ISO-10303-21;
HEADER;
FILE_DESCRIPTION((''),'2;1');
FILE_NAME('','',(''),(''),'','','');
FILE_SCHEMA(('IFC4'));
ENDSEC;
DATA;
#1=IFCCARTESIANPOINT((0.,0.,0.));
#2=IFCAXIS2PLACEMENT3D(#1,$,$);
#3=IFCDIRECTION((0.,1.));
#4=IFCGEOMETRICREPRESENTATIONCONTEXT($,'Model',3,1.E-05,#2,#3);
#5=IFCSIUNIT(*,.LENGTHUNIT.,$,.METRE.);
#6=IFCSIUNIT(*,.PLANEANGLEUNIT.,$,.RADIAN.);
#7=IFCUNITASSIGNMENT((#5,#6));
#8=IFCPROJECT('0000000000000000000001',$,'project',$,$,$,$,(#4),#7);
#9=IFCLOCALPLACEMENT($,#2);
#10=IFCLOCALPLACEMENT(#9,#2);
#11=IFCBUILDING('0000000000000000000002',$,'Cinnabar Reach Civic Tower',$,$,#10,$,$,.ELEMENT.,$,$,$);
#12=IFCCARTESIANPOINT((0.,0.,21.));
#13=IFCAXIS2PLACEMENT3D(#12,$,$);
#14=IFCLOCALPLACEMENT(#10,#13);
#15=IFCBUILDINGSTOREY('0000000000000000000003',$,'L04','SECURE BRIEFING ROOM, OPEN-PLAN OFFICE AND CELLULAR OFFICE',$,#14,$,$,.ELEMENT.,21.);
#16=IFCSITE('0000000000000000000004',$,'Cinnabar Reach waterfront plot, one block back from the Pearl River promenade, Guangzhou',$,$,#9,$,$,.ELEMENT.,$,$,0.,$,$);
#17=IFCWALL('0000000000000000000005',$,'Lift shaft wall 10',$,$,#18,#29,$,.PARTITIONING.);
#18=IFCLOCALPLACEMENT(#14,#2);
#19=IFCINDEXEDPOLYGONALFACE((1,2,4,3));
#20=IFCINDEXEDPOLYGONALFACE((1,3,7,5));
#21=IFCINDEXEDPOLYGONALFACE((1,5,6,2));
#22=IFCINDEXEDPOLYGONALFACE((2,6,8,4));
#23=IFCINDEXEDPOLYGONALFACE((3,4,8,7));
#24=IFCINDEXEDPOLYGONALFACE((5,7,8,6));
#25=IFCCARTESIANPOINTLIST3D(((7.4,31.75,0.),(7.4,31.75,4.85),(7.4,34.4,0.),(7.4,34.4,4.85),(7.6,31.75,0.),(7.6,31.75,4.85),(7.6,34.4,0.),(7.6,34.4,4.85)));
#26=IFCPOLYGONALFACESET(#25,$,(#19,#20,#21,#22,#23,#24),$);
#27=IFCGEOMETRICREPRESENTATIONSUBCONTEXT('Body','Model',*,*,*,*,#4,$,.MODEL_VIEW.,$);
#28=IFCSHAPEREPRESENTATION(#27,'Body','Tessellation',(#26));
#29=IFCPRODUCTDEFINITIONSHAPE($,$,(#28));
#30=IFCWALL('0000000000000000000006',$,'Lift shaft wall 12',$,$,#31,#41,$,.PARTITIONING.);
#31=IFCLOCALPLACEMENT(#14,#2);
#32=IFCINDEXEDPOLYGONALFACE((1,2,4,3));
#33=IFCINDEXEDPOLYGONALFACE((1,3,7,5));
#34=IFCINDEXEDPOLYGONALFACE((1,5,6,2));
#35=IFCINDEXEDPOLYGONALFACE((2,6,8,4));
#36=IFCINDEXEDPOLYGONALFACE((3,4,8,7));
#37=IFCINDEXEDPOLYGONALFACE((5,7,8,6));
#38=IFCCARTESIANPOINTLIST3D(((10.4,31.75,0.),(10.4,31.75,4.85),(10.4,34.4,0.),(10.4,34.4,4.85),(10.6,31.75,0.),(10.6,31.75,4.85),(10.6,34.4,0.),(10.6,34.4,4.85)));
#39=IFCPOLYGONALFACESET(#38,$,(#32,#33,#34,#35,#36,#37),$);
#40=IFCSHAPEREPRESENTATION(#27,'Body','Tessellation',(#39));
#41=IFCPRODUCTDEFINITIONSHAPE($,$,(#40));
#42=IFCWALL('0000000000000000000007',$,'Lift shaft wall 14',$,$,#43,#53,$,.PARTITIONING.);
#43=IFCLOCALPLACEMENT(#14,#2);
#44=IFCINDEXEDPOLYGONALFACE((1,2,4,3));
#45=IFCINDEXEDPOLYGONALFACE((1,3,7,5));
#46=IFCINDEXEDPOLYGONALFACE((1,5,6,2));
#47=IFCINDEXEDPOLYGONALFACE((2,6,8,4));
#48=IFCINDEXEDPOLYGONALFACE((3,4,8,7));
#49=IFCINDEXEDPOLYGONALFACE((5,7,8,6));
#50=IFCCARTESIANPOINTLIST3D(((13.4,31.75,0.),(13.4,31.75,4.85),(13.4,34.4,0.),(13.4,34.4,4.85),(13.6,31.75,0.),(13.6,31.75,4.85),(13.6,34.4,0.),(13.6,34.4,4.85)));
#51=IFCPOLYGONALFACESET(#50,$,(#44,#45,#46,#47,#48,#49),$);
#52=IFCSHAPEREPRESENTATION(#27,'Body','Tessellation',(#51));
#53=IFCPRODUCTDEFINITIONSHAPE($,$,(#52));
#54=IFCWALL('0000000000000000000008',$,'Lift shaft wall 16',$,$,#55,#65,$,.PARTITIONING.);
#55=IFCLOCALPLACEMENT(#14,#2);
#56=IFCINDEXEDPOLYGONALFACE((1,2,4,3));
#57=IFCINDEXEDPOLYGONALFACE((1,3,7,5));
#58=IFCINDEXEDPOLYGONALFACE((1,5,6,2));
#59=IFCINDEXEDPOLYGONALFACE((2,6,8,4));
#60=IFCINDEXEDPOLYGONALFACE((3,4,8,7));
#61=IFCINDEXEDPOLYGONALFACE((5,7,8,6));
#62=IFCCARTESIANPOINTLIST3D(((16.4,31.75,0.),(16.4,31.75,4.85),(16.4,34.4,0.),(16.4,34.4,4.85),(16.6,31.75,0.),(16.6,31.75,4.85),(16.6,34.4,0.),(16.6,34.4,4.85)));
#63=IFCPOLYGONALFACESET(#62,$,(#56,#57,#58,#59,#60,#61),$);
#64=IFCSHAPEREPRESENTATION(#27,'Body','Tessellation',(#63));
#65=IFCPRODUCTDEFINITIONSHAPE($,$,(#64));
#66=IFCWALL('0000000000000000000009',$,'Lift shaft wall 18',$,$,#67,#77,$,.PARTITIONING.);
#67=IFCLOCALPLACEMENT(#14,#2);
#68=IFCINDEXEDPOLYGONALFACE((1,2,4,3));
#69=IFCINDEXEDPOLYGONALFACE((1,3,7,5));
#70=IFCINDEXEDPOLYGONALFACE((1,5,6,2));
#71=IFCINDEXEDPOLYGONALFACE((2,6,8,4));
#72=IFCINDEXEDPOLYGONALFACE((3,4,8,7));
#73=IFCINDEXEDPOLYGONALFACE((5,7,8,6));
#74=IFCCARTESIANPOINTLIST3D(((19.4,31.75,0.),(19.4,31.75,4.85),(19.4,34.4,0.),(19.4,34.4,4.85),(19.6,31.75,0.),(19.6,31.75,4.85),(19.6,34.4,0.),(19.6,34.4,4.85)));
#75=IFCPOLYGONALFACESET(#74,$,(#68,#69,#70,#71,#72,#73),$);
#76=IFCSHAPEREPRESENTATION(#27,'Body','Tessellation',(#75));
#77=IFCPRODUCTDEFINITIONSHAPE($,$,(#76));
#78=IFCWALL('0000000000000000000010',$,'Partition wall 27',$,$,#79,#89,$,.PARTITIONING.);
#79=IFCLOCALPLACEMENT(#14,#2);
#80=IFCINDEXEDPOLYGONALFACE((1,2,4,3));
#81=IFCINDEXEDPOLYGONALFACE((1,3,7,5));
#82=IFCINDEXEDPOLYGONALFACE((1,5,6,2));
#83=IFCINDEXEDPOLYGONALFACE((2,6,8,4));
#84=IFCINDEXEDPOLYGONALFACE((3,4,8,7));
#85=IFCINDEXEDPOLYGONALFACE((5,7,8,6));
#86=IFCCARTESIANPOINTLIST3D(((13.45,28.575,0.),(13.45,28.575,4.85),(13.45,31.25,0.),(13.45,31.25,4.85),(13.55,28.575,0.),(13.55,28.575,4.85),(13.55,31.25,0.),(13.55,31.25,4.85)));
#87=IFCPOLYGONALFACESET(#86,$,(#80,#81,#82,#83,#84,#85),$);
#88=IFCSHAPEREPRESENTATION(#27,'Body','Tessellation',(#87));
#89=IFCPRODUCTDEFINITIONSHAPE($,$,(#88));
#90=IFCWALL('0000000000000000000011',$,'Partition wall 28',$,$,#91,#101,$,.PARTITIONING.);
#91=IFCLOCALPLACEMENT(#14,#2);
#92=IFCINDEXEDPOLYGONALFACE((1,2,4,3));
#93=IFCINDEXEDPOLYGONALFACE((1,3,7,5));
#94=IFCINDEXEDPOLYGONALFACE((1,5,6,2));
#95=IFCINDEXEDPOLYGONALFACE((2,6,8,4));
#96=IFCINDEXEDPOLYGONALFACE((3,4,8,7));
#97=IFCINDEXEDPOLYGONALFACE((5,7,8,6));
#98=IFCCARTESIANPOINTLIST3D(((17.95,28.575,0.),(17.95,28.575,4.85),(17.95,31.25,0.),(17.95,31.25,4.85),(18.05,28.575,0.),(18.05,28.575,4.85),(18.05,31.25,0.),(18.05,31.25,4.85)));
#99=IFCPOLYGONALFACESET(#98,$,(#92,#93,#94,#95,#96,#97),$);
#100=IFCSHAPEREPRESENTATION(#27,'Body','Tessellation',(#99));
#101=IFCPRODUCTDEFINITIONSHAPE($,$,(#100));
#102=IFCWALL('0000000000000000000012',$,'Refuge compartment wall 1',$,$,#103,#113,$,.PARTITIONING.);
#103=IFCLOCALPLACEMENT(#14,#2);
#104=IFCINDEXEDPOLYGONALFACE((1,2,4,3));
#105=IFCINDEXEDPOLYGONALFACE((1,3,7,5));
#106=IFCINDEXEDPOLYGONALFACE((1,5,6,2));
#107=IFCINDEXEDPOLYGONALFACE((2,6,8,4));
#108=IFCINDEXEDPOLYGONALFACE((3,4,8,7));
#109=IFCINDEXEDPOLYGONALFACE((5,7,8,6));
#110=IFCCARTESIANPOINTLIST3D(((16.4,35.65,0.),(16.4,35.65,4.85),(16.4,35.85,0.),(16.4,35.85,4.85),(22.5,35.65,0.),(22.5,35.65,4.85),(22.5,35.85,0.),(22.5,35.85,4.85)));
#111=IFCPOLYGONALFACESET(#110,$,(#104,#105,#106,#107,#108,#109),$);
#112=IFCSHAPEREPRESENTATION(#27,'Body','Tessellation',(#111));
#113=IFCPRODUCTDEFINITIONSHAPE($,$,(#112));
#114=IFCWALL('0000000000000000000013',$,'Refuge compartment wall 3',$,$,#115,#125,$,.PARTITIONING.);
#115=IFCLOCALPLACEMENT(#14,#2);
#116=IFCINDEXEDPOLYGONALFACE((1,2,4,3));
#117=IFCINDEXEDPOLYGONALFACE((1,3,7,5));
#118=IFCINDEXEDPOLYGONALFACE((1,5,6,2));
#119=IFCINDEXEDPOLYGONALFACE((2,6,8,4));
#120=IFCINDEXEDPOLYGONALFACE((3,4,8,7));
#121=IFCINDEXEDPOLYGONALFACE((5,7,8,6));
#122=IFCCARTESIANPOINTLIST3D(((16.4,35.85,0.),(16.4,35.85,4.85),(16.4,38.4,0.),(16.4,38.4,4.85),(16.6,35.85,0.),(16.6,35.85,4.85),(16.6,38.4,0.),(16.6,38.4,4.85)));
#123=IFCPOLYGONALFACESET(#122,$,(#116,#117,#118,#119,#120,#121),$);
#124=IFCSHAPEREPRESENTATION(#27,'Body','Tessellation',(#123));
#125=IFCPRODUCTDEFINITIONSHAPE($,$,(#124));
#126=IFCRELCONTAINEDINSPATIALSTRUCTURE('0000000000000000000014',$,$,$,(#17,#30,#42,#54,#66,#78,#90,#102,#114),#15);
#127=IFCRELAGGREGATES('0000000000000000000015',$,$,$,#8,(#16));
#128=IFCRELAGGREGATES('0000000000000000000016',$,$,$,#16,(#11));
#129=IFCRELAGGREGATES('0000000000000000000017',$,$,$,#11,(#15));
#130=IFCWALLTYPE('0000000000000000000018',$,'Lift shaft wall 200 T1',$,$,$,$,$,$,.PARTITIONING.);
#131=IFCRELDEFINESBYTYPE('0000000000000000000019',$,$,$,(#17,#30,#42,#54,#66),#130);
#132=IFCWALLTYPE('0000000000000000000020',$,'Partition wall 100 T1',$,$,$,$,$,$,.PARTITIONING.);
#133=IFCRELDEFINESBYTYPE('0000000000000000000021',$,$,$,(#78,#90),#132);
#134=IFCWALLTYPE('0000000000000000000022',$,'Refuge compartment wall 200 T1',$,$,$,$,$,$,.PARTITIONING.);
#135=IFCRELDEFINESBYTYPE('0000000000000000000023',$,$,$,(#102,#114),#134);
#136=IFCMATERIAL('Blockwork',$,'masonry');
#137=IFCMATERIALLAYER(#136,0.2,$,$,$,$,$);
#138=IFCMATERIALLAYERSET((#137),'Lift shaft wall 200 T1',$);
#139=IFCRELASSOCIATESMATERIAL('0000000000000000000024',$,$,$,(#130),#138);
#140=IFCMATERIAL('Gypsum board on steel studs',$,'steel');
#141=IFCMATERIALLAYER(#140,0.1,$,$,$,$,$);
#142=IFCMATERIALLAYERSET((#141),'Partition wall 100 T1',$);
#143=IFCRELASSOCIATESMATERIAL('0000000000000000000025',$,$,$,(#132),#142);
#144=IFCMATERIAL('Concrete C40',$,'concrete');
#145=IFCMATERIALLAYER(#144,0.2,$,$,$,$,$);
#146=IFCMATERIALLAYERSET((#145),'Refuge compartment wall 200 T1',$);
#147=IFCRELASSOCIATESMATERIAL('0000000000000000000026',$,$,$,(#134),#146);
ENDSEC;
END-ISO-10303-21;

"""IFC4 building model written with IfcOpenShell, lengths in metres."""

from ifc_helpers import new_model, si_unit, direction, frame, frame_2d, origin, place, context, subcontext, project, spatial, rectangle, extrude, material, layer, layer_set, type_object, element, save


model = new_model("IFC4")

# Units and contexts
model_context = context("Model", 3, precision=1e-05, world=origin(), true_north=direction((0.0, 1.0)))
body_context = subcontext(model_context, "Body", "Model", "MODEL_VIEW")
ifc_project = project(units=[si_unit("LENGTHUNIT", "METRE"), si_unit("PLANEANGLEUNIT", "RADIAN")], contexts=[model_context])

# Site, building, storey
site_placement = place(None, origin())
site = spatial("IfcSite", under=ifc_project, at=site_placement, Name="Cinnabar Reach waterfront plot, one block back from the Pearl River promenade, Guangzhou", CompositionType="ELEMENT", RefElevation=0.0)
building_placement = place(site_placement, origin())
building = spatial("IfcBuilding", under=site, at=building_placement, Name="Cinnabar Reach Civic Tower", CompositionType="ELEMENT")
storey_placement = place(building_placement, frame((0.0, 0.0, 21.0)))
storey = spatial("IfcBuildingStorey", under=building, at=storey_placement, Name="L04", Description="SECURE BRIEFING ROOM, OPEN-PLAN OFFICE AND CELLULAR OFFICE", CompositionType="ELEMENT", Elevation=21.0)

# Walls
ifc_material_1 = material(Name="Blockwork", Category="masonry")
ifc_layer_1 = layer(ifc_material_1, 0.2)
ifc_layer_set_1 = layer_set([ifc_layer_1], Name="Lift shaft wall 200 T1")
wall_type_1 = type_object("IfcWallType", Name="Lift shaft wall 200 T1", PredefinedType="PARTITIONING", material=ifc_layer_set_1)
for number, where, z_axis, x_axis, name in (
    (1, (7.5, 31.75, 0.0), (0.0, 0.0, 1.0), (0.0, 1.0, 0.0), "Lift shaft wall 10"),
    (2, (10.5, 31.75, 0.0), (0.0, 0.0, 1.0), (0.0, 1.0, 0.0), "Lift shaft wall 12"),
    (3, (13.5, 31.75, 0.0), (0.0, 0.0, 1.0), (0.0, 1.0, 0.0), "Lift shaft wall 14"),
    (4, (16.5, 31.75, 0.0), (0.0, 0.0, 1.0), (0.0, 1.0, 0.0), "Lift shaft wall 16"),
    (5, (19.5, 31.75, 0.0), (0.0, 0.0, 1.0), (0.0, 1.0, 0.0), "Lift shaft wall 18"),
):
    element("IfcWall", number, at=place(storey_placement, frame(where, z_axis=z_axis, x_axis=x_axis)), inside=storey, type_object=wall_type_1, Name=name, PredefinedType="PARTITIONING", context=body_context, shape_type="SweptSolid", body=[
        extrude(rectangle(XDim=2.65, YDim=0.2, at=frame_2d((1.325, 0.0))), origin(), (0.0, 0.0, 1.0), 4.85),
    ])
ifc_material_2 = material(Name="Gypsum board on steel studs", Category="steel")
ifc_layer_2 = layer(ifc_material_2, 0.1)
ifc_layer_set_2 = layer_set([ifc_layer_2], Name="Partition wall 100 T1")
wall_type_2 = type_object("IfcWallType", Name="Partition wall 100 T1", PredefinedType="PARTITIONING", material=ifc_layer_set_2)
for number, where, z_axis, x_axis, name in (
    (6, (13.5, 28.575, 0.0), (0.0, 0.0, 1.0), (0.0, 1.0, 0.0), "Partition wall 27"),
    (7, (18.0, 28.575, 0.0), (0.0, 0.0, 1.0), (0.0, 1.0, 0.0), "Partition wall 28"),
):
    element("IfcWall", number, at=place(storey_placement, frame(where, z_axis=z_axis, x_axis=x_axis)), inside=storey, type_object=wall_type_2, Name=name, PredefinedType="PARTITIONING", context=body_context, shape_type="SweptSolid", body=[
        extrude(rectangle(XDim=2.675, YDim=0.1, at=frame_2d((1.3375, 0.0))), origin(), (0.0, 0.0, 1.0), 4.85),
    ])
ifc_material_3 = material(Name="Concrete C40", Category="concrete")
ifc_layer_3 = layer(ifc_material_3, 0.2)
ifc_layer_set_3 = layer_set([ifc_layer_3], Name="Refuge compartment wall 200 T1")
wall_type_3 = type_object("IfcWallType", Name="Refuge compartment wall 200 T1", PredefinedType="PARTITIONING", material=ifc_layer_set_3)
wall_1_placement = place(storey_placement, frame((16.4, 35.75, 0.0), z_axis=(0.0, 0.0, 1.0), x_axis=(1.0, 0.0, 0.0)))
element("IfcWall", 8, at=wall_1_placement, inside=storey, type_object=wall_type_3, Name="Refuge compartment wall 1", PredefinedType="PARTITIONING", context=body_context, shape_type="SweptSolid", body=[
    extrude(rectangle(XDim=6.1, YDim=0.2, at=frame_2d((3.05, 0.0))), origin(), (0.0, 0.0, 1.0), 4.85),
])
wall_2_placement = place(storey_placement, frame((16.5, 35.85, 0.0), z_axis=(0.0, 0.0, 1.0), x_axis=(0.0, 1.0, 0.0)))
element("IfcWall", 9, at=wall_2_placement, inside=storey, type_object=wall_type_3, Name="Refuge compartment wall 3", PredefinedType="PARTITIONING", context=body_context, shape_type="SweptSolid", body=[
    extrude(rectangle(XDim=2.55, YDim=0.2, at=frame_2d((1.275, 0.0))), origin(), (0.0, 0.0, 1.0), 4.85),
])

save(model, "model.ifc")
